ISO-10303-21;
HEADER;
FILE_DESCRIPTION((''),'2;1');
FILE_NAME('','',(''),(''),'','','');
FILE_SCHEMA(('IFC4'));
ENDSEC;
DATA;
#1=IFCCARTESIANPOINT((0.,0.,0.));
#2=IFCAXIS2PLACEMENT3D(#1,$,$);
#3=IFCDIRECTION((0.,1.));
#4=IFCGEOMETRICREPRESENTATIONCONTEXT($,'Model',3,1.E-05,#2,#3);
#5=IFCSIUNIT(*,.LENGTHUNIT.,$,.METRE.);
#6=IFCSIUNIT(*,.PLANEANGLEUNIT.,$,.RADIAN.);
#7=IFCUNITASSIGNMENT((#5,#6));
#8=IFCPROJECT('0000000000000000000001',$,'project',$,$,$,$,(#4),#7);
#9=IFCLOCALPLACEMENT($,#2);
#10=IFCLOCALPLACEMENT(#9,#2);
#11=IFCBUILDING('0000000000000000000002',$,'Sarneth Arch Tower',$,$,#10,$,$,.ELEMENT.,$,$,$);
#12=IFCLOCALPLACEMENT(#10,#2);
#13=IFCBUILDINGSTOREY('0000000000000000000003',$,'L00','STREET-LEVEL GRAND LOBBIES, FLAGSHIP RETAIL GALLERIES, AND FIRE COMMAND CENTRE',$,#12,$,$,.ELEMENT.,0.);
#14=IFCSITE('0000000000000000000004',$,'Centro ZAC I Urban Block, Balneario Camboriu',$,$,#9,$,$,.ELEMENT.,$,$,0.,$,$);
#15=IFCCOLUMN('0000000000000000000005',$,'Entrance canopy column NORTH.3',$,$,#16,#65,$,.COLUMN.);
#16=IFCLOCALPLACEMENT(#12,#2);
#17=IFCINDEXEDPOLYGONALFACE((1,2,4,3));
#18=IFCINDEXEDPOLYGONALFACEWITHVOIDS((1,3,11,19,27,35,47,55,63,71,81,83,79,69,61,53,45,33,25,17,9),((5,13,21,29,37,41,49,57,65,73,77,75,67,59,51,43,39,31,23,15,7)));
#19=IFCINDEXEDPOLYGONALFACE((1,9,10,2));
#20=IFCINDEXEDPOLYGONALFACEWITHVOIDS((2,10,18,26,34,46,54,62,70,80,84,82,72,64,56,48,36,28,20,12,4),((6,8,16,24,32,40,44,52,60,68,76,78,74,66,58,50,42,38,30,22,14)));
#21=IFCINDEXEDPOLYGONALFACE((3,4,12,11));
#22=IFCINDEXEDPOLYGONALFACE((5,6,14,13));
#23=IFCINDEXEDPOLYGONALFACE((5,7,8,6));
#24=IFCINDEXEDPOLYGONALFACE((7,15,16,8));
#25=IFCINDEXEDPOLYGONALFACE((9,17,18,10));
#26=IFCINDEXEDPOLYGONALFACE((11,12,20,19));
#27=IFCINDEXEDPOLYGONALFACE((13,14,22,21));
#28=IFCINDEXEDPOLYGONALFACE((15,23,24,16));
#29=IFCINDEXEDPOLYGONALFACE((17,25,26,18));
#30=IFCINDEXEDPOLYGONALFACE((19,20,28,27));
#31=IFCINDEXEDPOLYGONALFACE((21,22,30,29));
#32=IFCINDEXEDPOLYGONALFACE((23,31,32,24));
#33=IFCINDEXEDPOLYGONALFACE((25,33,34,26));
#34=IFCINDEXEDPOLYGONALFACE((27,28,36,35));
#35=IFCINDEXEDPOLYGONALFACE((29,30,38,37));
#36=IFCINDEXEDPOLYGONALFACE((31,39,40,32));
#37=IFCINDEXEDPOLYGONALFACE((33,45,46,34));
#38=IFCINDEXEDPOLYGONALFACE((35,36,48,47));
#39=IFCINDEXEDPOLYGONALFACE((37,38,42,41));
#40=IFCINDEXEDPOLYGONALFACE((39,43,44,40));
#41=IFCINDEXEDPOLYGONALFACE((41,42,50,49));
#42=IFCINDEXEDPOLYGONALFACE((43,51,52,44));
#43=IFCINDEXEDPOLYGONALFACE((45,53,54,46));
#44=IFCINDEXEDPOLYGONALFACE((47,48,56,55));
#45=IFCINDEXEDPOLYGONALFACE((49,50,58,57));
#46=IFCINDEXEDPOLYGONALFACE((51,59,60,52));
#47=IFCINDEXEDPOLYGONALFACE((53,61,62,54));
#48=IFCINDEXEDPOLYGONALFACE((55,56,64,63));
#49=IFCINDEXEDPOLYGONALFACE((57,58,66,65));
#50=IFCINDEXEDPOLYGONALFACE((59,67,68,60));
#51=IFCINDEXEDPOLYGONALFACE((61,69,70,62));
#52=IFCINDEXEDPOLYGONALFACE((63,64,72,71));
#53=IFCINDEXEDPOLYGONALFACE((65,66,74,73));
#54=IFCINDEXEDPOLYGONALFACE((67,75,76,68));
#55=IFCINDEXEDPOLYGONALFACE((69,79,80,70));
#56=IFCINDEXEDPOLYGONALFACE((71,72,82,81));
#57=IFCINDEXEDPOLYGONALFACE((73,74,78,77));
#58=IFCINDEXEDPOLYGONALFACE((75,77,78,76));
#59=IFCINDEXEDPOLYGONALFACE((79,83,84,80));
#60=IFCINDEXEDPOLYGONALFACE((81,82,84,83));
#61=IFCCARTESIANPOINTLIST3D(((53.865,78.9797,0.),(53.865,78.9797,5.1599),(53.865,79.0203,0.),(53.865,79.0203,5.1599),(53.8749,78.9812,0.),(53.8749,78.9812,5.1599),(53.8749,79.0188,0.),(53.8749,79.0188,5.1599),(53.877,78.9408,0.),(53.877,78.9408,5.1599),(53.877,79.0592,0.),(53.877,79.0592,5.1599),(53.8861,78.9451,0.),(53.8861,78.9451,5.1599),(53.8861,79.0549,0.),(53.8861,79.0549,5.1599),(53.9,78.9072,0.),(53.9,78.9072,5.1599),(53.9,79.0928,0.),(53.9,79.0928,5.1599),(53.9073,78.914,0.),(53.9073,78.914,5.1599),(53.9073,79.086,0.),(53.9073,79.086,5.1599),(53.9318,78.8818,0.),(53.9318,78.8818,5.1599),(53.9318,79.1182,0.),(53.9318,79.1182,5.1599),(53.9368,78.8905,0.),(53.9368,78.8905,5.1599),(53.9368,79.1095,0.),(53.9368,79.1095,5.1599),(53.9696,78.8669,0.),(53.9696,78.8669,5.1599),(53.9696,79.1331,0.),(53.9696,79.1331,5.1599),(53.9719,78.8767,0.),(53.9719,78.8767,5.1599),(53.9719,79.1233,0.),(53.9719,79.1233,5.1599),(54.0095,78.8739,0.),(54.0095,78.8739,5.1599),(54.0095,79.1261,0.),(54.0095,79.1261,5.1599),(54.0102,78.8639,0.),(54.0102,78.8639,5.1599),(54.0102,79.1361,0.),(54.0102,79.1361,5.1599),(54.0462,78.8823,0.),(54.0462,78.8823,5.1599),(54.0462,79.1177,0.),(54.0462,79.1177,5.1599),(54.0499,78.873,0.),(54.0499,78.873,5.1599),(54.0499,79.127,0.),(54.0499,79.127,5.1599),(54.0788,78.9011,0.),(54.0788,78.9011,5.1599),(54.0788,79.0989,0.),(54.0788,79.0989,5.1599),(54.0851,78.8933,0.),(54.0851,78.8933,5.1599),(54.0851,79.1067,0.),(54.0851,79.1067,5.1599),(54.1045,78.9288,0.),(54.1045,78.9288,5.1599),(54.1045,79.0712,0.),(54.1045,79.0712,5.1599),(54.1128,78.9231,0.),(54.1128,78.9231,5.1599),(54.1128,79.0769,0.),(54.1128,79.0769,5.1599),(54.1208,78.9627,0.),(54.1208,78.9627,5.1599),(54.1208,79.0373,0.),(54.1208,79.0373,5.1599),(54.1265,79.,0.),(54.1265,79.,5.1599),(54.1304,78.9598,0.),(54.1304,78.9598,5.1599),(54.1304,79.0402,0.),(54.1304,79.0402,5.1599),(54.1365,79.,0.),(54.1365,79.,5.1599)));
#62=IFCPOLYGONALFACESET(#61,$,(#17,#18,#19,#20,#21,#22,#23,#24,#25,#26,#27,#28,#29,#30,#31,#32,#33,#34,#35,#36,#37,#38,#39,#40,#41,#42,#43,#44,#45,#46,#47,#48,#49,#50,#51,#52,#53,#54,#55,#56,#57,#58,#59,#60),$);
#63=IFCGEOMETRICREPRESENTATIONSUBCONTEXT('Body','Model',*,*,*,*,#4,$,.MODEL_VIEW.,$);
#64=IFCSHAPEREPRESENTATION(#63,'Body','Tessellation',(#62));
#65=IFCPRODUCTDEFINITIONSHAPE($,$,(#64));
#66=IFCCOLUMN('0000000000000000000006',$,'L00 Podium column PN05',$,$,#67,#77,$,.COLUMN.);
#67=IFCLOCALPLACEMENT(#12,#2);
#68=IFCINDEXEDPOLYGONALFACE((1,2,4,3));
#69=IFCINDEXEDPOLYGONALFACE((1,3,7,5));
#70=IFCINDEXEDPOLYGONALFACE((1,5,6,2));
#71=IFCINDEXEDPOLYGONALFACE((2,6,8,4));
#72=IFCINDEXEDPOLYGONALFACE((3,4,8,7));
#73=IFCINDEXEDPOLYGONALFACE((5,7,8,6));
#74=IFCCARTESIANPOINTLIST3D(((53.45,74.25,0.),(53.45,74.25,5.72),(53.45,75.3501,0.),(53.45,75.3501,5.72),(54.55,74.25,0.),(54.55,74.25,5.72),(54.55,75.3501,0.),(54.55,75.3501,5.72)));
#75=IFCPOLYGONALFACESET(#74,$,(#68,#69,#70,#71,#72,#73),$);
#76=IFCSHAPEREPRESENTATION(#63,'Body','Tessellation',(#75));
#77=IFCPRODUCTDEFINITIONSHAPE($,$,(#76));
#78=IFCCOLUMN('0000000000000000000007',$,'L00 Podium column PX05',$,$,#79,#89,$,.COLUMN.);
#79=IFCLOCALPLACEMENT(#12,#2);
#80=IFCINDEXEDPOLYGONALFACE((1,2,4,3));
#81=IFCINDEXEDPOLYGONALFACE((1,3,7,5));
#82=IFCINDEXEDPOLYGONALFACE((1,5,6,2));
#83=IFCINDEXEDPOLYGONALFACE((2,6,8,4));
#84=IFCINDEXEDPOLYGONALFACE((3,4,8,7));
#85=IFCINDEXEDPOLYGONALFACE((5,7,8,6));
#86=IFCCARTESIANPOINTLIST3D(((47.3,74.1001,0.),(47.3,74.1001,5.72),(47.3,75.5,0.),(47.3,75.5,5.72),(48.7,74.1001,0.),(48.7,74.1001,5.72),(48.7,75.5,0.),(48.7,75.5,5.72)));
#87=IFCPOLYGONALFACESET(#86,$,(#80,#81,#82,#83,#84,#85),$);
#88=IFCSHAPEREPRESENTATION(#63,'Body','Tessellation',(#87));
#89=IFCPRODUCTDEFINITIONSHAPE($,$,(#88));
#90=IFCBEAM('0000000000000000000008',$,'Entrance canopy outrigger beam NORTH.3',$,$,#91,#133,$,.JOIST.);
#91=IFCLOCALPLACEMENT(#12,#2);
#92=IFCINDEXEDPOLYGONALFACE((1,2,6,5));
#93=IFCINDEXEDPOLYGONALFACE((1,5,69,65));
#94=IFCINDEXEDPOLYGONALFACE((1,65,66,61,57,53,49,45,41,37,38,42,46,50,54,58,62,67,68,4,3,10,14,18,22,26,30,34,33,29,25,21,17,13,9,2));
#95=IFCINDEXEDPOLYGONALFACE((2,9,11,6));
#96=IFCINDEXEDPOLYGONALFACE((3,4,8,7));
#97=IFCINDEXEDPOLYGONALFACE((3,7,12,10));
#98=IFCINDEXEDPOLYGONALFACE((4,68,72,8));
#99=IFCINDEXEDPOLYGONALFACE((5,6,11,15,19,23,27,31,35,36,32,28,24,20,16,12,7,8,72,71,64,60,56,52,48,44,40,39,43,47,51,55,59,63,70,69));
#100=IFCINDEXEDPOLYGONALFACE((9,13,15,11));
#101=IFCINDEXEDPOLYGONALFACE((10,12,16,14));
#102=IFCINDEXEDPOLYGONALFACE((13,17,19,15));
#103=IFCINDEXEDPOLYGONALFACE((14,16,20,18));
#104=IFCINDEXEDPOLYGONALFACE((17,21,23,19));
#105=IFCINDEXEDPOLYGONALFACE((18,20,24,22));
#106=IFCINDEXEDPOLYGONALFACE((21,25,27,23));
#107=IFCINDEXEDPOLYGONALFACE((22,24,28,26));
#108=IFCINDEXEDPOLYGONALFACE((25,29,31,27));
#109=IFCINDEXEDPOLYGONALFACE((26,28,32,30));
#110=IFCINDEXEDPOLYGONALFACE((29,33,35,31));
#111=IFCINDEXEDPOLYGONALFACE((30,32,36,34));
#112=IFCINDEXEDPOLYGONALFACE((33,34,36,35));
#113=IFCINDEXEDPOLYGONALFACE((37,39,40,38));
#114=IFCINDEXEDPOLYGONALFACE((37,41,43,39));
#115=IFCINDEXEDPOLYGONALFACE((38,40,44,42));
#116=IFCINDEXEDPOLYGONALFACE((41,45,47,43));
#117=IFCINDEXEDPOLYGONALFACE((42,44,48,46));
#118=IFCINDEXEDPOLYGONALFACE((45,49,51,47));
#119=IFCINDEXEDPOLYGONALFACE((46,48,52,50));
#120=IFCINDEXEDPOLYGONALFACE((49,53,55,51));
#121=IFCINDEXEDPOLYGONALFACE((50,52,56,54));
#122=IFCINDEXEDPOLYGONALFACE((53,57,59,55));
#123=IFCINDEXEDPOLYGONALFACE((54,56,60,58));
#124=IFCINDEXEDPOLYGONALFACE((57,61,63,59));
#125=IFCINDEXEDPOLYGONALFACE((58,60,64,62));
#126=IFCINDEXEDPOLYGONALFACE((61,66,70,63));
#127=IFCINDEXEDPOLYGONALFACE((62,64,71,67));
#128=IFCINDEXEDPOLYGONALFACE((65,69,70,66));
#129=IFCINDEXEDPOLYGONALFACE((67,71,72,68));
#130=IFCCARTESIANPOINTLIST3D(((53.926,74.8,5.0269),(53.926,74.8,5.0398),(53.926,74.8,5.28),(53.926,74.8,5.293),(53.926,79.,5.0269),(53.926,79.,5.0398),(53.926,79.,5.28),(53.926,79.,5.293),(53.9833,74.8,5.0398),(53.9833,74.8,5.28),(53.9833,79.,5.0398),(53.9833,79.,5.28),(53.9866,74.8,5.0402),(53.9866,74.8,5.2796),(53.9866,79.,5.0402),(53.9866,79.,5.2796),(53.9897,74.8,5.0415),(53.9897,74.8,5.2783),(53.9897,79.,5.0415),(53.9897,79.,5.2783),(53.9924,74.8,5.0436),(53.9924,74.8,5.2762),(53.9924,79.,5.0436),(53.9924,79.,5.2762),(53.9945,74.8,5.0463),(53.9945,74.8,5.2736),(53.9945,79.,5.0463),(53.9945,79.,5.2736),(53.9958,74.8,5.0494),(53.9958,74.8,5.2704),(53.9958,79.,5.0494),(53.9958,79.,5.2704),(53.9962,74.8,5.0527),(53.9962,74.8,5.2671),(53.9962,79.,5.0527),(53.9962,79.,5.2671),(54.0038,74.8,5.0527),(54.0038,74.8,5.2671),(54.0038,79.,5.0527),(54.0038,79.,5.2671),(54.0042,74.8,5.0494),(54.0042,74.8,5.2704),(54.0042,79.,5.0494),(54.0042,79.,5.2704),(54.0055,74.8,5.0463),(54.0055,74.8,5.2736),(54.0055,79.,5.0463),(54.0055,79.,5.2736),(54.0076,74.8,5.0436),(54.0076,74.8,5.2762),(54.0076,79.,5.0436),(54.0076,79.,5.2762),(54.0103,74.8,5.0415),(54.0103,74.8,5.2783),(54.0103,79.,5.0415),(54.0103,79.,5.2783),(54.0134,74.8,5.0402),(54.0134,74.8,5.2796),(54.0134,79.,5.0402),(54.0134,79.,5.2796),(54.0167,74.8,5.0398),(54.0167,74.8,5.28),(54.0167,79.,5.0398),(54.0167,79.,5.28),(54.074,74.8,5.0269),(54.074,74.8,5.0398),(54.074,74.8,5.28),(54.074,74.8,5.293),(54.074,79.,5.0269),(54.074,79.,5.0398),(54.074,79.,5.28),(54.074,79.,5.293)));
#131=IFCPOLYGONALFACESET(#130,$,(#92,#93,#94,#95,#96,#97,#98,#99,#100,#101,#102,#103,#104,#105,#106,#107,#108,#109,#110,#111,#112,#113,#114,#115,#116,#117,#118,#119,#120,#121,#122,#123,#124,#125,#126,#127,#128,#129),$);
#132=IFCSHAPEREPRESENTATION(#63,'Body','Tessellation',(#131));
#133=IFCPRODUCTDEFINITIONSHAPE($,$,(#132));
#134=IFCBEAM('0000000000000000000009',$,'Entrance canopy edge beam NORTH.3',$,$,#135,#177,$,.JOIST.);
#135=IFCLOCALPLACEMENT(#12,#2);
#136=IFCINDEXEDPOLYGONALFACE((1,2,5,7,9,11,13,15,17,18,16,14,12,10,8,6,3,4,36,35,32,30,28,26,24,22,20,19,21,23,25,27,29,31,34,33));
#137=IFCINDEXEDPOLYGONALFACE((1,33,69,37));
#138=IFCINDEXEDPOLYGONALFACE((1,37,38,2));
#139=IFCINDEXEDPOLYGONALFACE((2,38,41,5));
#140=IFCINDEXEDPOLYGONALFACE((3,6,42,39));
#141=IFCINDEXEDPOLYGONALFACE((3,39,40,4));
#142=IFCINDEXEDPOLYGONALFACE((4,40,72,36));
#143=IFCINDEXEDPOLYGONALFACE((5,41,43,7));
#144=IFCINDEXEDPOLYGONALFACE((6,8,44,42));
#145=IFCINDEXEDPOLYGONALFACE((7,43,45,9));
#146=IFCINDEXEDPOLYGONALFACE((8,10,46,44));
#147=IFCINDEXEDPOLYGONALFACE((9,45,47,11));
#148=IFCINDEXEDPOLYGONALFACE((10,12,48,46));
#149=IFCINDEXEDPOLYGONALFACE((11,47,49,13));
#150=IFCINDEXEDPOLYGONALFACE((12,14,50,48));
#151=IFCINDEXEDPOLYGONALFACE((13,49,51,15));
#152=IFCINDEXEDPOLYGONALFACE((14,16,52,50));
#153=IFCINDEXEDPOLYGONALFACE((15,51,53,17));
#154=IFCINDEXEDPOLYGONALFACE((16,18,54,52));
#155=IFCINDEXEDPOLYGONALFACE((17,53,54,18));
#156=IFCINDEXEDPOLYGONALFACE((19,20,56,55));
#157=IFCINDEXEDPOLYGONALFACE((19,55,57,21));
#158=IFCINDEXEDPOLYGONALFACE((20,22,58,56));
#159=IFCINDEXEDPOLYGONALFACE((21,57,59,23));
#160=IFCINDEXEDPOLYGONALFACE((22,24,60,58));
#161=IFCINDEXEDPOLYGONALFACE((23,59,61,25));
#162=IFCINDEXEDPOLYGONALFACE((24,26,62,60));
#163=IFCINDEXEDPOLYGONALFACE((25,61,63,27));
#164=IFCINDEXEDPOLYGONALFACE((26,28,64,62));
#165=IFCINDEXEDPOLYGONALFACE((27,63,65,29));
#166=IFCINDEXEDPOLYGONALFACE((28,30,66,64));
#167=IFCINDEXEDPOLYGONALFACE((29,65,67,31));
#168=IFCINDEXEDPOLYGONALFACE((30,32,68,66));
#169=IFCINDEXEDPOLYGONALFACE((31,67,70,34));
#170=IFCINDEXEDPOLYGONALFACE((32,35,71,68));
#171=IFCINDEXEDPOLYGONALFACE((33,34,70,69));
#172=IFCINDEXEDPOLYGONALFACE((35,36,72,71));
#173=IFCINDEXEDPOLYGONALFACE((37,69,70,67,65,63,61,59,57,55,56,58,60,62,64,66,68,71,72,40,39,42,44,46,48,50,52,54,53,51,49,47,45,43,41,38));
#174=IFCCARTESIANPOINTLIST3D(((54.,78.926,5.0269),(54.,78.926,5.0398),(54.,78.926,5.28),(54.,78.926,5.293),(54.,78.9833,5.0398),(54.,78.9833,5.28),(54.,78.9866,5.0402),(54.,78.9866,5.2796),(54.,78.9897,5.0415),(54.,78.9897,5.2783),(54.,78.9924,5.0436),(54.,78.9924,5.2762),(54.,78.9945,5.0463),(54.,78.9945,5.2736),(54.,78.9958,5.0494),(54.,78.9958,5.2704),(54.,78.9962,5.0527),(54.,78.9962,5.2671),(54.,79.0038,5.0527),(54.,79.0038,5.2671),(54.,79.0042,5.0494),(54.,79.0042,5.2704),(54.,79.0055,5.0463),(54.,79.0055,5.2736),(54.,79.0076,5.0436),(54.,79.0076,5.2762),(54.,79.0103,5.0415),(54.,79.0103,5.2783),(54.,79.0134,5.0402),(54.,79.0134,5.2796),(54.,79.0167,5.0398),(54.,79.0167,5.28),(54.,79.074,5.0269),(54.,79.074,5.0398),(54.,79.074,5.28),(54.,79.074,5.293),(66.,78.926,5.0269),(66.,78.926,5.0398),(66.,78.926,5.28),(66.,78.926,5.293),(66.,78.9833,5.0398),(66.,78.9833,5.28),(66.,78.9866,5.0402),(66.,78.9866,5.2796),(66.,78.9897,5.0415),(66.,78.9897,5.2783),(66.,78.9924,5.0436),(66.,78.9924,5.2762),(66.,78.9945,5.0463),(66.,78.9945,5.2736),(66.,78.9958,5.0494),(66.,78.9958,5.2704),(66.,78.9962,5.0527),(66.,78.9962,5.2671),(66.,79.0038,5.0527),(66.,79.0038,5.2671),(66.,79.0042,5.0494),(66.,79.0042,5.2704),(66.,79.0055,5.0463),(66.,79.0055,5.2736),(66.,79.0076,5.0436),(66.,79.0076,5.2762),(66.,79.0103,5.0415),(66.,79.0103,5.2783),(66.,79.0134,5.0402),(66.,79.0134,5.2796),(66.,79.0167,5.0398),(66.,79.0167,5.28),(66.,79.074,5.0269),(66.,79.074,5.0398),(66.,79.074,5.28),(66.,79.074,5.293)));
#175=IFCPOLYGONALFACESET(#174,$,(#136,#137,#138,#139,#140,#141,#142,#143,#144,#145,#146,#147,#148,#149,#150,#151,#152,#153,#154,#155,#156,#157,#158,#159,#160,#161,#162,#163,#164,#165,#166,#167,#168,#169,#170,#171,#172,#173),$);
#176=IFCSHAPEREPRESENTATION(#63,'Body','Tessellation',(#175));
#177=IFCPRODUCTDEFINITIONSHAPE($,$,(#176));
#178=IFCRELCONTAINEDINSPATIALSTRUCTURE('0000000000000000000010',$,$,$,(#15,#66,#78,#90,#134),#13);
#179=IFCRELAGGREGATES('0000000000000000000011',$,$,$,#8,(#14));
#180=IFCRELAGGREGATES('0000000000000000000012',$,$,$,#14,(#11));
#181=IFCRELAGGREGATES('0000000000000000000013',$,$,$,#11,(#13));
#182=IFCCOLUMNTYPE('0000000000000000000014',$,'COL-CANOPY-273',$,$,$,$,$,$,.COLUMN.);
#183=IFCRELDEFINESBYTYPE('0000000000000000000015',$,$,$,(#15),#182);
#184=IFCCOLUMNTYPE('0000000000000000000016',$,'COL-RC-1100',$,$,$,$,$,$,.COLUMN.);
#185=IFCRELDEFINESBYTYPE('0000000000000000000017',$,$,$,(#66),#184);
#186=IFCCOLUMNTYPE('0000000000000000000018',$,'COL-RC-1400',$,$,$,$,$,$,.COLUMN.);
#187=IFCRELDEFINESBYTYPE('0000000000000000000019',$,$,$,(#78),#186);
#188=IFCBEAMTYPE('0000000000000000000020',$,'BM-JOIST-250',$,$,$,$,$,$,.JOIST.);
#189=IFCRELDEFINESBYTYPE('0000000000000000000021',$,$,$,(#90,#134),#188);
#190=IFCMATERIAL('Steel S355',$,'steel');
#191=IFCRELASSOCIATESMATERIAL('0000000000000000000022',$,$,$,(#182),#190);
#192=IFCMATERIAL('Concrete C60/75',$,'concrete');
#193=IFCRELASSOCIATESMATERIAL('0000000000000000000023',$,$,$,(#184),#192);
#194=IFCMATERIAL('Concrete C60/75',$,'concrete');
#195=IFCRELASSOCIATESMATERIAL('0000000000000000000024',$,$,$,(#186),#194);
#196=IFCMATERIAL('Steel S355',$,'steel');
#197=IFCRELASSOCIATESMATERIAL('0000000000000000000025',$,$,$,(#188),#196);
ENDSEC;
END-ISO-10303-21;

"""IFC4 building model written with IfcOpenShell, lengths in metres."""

from ifc_helpers import new_model, si_unit, direction, frame, origin, origin_2d, place, context, subcontext, project, spatial, rectangle, hollow_circle, i_section, extrude, material, material_profile, profile_set, type_object, element, save


model = new_model("IFC4")

# Units and contexts
model_context = context("Model", 3, precision=1e-05, world=origin(), true_north=direction((0.0, 1.0)))
body_context = subcontext(model_context, "Body", "Model", "MODEL_VIEW")
ifc_project = project(units=[si_unit("LENGTHUNIT", "METRE"), si_unit("PLANEANGLEUNIT", "RADIAN")], contexts=[model_context])

# Site, building, storey
site_placement = place(None, origin())
site = spatial("IfcSite", under=ifc_project, at=site_placement, Name="Centro ZAC I Urban Block, Balneario Camboriu", CompositionType="ELEMENT", RefElevation=0.0)
building_placement = place(site_placement, origin())
building = spatial("IfcBuilding", under=site, at=building_placement, Name="Sarneth Arch Tower", CompositionType="ELEMENT")
storey_placement = place(building_placement, origin())
storey = spatial("IfcBuildingStorey", under=building, at=storey_placement, Name="L00", Description="STREET-LEVEL GRAND LOBBIES, FLAGSHIP RETAIL GALLERIES, AND FIRE COMMAND CENTRE", CompositionType="ELEMENT", Elevation=0.0)

# Columns
ifc_material_1 = material(Name="Steel S355", Category="steel")
ifc_material_profile_1 = material_profile(ifc_material_1, hollow_circle(Radius=0.1365, WallThickness=0.01, at=origin_2d()), Name="CHS273x10")
ifc_profile_set_1 = profile_set([ifc_material_profile_1], Name="Steel S355")
column_type_1 = type_object("IfcColumnType", Name="COL-CANOPY-273", PredefinedType="COLUMN", material=ifc_profile_set_1)
column_1_placement = place(storey_placement, frame((54.0, 79.0, 0.0), z_axis=(0.0, 0.0, 1.0), x_axis=(1.0, 0.0, 0.0)))
element("IfcColumn", 1, at=column_1_placement, inside=storey, type_object=column_type_1, Name="Entrance canopy column NORTH.3", PredefinedType="COLUMN", context=body_context, shape_type="SweptSolid", body=[
    extrude(hollow_circle(Radius=0.1365, WallThickness=0.01, at=origin_2d()), origin(), (0.0, 0.0, 1.0), 5.1599),
])
ifc_material_2 = material(Name="Concrete C60/75", Category="concrete")
ifc_material_profile_2 = material_profile(ifc_material_2, rectangle(XDim=1.1001, YDim=1.1001, at=origin_2d()), Name="RC-1100x1100")
ifc_profile_set_2 = profile_set([ifc_material_profile_2], Name="Concrete C60/75")
column_type_2 = type_object("IfcColumnType", Name="COL-RC-1100", PredefinedType="COLUMN", material=ifc_profile_set_2)
column_2_placement = place(storey_placement, frame((54.0, 74.8, 0.0), z_axis=(0.0, 0.0, 1.0), x_axis=(1.0, 0.0, 0.0)))
element("IfcColumn", 2, at=column_2_placement, inside=storey, type_object=column_type_2, Name="L00 Podium column PN05", PredefinedType="COLUMN", context=body_context, shape_type="SweptSolid", body=[
    extrude(rectangle(XDim=1.1001, YDim=1.1001, at=origin_2d()), origin(), (0.0, 0.0, 1.0), 5.72),
])
ifc_material_3 = material(Name="Concrete C60/75", Category="concrete")
ifc_material_profile_3 = material_profile(ifc_material_3, rectangle(XDim=1.3999, YDim=1.3999, at=origin_2d()), Name="RC-1400x1400")
ifc_profile_set_3 = profile_set([ifc_material_profile_3], Name="Concrete C60/75")
column_type_3 = type_object("IfcColumnType", Name="COL-RC-1400", PredefinedType="COLUMN", material=ifc_profile_set_3)
column_3_placement = place(storey_placement, frame((48.0, 74.8, 0.0), z_axis=(0.0, 0.0, 1.0), x_axis=(1.0, 0.0, 0.0)))
element("IfcColumn", 3, at=column_3_placement, inside=storey, type_object=column_type_3, Name="L00 Podium column PX05", PredefinedType="COLUMN", context=body_context, shape_type="SweptSolid", body=[
    extrude(rectangle(XDim=1.3999, YDim=1.3999, at=origin_2d()), origin(), (0.0, 0.0, 1.0), 5.72),
])

# Beams
ifc_material_4 = material(Name="Steel S355", Category="steel")
ifc_material_profile_4 = material_profile(ifc_material_4, i_section(OverallWidth=0.1479, OverallDepth=0.2661, WebThickness=0.0076, FlangeThickness=0.0129, FilletRadius=0.0129, at=origin_2d()), Name="W250x44.8")
ifc_profile_set_4 = profile_set([ifc_material_profile_4], Name="Steel S355")
beam_type_1 = type_object("IfcBeamType", Name="BM-JOIST-250", PredefinedType="JOIST", material=ifc_profile_set_4)
beam_1_placement = place(storey_placement, frame((54.0, 74.8, 5.1599), z_axis=(0.0, 1.0, 0.0), x_axis=(-1.0, 0.0, 0.0)))
element("IfcBeam", 4, at=beam_1_placement, inside=storey, type_object=beam_type_1, Name="Entrance canopy outrigger beam NORTH.3", PredefinedType="JOIST", context=body_context, shape_type="SweptSolid", body=[
    extrude(i_section(OverallWidth=0.1479, OverallDepth=0.2661, WebThickness=0.0076, FlangeThickness=0.0129, FilletRadius=0.0129, at=origin_2d()), origin(), (0.0, 0.0, 1.0), 4.2),
])
beam_2_placement = place(storey_placement, frame((54.0, 79.0, 5.1599), z_axis=(1.0, 0.0, 0.0), x_axis=(0.0, 1.0, 0.0)))
element("IfcBeam", 5, at=beam_2_placement, inside=storey, type_object=beam_type_1, Name="Entrance canopy edge beam NORTH.3", PredefinedType="JOIST", context=body_context, shape_type="SweptSolid", body=[
    extrude(i_section(OverallWidth=0.1479, OverallDepth=0.2661, WebThickness=0.0076, FlangeThickness=0.0129, FilletRadius=0.0129, at=origin_2d()), origin(), (0.0, 0.0, 1.0), 12.0),
])

save(model, "model.ifc")
